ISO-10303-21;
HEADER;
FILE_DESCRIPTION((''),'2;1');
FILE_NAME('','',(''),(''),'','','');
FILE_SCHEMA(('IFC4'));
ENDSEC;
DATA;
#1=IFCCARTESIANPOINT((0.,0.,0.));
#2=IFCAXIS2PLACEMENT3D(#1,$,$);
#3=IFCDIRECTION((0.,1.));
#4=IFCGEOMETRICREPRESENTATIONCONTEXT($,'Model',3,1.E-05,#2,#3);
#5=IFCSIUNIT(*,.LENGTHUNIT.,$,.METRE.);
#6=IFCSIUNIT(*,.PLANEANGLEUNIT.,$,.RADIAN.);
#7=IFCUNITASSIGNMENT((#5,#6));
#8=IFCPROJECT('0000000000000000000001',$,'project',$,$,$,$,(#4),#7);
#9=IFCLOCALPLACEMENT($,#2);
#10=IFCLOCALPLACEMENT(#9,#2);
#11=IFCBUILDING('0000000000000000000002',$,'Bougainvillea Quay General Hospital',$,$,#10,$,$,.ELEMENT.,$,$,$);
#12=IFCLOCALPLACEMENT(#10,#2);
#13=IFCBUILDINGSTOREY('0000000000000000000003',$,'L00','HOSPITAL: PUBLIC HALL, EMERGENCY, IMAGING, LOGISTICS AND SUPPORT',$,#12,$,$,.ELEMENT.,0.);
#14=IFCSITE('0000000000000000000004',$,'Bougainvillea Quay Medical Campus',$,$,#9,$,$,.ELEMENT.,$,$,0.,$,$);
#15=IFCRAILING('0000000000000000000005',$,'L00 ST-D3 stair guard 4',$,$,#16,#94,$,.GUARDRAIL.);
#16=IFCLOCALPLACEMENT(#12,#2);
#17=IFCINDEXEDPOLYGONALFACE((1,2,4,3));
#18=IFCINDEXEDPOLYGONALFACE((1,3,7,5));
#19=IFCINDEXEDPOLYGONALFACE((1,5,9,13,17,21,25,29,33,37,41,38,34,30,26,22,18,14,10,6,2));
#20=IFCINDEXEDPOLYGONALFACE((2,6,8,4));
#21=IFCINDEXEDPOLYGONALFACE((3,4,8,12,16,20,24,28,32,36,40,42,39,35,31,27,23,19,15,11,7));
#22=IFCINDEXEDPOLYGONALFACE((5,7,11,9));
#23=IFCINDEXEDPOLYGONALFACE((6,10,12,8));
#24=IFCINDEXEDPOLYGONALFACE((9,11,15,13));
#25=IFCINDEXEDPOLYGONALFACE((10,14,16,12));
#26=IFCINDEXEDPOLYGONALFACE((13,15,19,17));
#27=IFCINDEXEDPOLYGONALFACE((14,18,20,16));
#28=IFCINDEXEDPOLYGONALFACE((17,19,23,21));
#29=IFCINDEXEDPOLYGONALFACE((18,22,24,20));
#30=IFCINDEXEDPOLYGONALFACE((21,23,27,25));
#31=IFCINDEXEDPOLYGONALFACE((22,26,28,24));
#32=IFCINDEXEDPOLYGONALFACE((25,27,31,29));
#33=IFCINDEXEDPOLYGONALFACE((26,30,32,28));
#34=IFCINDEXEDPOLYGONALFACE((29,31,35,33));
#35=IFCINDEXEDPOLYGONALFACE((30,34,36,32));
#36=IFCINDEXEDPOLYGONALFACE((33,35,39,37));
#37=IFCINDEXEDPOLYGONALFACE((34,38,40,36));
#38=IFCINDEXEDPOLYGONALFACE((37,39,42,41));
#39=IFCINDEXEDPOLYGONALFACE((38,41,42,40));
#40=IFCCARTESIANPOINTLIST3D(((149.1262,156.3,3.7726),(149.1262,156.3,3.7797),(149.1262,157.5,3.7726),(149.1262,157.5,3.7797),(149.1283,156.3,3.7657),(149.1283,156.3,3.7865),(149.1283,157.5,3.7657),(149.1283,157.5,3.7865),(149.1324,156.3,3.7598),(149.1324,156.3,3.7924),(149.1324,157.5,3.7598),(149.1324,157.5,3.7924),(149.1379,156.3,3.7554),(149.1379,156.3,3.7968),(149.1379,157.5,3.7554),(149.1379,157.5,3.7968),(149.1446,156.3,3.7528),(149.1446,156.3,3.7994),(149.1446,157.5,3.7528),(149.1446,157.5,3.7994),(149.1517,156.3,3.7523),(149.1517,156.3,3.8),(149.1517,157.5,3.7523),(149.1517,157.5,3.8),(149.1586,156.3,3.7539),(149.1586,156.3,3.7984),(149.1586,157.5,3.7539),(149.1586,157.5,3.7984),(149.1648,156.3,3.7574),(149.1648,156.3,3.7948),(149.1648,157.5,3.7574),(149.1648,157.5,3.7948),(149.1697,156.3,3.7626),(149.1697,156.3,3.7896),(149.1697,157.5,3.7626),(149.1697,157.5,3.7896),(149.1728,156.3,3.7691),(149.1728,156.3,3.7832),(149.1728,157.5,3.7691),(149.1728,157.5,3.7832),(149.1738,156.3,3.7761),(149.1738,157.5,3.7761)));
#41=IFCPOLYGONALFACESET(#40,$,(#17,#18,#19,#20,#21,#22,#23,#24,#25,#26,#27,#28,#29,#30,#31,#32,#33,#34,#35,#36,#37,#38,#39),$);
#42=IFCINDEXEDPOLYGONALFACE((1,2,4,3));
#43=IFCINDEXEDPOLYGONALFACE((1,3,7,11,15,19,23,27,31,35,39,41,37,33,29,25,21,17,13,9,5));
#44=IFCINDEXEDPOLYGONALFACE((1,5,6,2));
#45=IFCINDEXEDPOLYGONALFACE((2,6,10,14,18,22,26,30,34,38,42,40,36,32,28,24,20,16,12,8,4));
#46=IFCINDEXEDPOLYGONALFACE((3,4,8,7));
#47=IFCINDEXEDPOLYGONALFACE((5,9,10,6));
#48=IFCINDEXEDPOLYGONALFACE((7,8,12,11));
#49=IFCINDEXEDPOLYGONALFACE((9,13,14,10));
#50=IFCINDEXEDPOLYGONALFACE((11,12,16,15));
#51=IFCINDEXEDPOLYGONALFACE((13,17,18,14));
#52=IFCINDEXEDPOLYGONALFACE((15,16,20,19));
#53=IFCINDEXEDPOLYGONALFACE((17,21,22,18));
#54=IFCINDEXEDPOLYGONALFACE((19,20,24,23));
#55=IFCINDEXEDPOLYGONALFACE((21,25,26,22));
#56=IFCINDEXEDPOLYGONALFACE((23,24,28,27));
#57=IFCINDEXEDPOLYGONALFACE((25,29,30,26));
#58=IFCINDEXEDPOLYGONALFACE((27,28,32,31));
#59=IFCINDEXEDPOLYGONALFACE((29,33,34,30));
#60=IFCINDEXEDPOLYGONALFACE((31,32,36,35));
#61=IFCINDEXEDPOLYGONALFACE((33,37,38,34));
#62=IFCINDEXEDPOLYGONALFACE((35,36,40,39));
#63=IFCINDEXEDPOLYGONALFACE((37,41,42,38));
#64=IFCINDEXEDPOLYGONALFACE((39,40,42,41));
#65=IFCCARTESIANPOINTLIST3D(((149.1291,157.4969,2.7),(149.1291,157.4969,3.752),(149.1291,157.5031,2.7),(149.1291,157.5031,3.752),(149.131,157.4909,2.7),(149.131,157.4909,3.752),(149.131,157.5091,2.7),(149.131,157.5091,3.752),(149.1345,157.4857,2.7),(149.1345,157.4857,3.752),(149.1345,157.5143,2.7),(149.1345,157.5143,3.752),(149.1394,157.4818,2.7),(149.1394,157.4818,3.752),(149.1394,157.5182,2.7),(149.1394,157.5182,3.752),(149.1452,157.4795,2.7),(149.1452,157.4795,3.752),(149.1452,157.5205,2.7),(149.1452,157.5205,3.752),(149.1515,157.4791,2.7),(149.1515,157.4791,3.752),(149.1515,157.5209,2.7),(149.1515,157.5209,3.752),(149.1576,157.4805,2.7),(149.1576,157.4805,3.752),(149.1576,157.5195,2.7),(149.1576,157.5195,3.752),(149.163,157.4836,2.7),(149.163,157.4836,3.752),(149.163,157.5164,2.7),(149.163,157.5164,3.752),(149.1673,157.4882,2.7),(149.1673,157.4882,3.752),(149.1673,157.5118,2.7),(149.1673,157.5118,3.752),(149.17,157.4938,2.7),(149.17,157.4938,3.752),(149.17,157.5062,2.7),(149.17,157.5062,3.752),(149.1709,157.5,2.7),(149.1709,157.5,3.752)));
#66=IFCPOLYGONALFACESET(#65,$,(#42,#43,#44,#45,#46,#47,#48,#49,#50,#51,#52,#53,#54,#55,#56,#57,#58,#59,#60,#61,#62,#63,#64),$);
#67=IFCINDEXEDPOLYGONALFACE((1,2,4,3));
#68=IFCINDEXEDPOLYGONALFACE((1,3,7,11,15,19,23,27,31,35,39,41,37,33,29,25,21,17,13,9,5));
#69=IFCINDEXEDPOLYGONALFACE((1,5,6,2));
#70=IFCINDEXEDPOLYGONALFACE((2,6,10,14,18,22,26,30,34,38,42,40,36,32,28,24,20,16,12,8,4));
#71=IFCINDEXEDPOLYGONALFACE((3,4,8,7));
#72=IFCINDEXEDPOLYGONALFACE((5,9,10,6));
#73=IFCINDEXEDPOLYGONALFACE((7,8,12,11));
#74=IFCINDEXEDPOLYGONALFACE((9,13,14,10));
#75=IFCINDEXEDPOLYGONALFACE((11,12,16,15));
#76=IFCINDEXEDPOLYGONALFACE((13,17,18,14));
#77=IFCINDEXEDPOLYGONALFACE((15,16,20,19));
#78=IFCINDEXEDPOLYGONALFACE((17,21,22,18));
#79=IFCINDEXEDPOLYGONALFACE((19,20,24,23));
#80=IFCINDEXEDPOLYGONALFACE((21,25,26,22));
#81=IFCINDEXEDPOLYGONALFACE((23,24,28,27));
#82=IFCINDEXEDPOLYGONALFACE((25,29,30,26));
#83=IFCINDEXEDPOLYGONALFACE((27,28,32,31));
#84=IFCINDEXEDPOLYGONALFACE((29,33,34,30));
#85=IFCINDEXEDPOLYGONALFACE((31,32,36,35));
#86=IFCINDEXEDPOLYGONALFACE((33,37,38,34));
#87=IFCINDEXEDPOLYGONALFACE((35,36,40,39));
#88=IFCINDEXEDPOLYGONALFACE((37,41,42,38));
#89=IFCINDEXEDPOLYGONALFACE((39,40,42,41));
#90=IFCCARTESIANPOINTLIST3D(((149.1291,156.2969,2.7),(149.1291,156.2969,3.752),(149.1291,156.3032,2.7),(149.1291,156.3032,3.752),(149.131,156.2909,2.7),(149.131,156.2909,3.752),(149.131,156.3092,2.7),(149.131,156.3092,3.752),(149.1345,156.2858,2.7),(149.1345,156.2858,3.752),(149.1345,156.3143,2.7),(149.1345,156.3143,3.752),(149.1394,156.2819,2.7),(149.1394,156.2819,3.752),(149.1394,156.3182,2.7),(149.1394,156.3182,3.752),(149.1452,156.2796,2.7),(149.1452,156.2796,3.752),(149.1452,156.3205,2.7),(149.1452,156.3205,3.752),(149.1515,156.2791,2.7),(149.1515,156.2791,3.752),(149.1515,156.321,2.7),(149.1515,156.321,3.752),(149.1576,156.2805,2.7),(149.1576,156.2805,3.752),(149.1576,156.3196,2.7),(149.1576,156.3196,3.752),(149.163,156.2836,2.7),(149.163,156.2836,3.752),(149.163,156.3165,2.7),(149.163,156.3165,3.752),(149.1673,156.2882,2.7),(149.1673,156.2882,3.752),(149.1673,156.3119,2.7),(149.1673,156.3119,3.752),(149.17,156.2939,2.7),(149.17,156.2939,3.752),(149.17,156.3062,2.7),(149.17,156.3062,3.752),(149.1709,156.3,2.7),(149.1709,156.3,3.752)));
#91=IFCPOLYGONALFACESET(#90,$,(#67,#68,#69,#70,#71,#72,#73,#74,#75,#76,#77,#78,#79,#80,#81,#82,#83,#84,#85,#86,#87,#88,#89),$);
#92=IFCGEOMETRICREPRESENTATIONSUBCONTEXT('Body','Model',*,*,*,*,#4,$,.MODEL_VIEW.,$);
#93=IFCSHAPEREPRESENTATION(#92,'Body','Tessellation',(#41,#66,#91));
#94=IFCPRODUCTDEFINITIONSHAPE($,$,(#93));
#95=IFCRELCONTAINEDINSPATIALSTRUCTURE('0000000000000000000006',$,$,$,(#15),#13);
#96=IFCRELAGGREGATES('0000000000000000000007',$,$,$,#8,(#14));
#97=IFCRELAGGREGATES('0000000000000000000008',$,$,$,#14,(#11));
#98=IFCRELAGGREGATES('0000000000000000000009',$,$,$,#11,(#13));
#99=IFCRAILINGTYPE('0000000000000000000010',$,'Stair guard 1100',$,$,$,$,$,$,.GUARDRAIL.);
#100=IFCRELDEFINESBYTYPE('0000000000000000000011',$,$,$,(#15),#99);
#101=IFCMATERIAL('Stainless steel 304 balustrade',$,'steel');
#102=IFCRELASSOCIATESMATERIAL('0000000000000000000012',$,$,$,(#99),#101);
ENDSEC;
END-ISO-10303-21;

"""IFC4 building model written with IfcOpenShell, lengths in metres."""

from ifc_helpers import new_model, si_unit, direction, frame, origin, origin_2d, place, context, subcontext, project, spatial, circle, extrude, material, type_object, element, save


model = new_model("IFC4")

# Units and contexts
model_context = context("Model", 3, precision=1e-05, world=origin(), true_north=direction((0.0, 1.0)))
body_context = subcontext(model_context, "Body", "Model", "MODEL_VIEW")
ifc_project = project(units=[si_unit("LENGTHUNIT", "METRE"), si_unit("PLANEANGLEUNIT", "RADIAN")], contexts=[model_context])

# Site, building, storey
site_placement = place(None, origin())
site = spatial("IfcSite", under=ifc_project, at=site_placement, Name="Bougainvillea Quay Medical Campus", CompositionType="ELEMENT", RefElevation=0.0)
building_placement = place(site_placement, origin())
building = spatial("IfcBuilding", under=site, at=building_placement, Name="Bougainvillea Quay General Hospital", CompositionType="ELEMENT")
storey_placement = place(building_placement, origin())
storey = spatial("IfcBuildingStorey", under=building, at=storey_placement, Name="L00", Description="HOSPITAL: PUBLIC HALL, EMERGENCY, IMAGING, LOGISTICS AND SUPPORT", CompositionType="ELEMENT", Elevation=0.0)

# Railing
ifc_material_1 = material(Name="Stainless steel 304 balustrade", Category="steel")
railing_type_1 = type_object("IfcRailingType", Name="Stair guard 1100", PredefinedType="GUARDRAIL", material=ifc_material_1)
railing_1_placement = place(storey_placement, frame((149.1499, 157.5, 2.7)))
element("IfcRailing", 1, at=railing_1_placement, inside=storey, type_object=railing_type_1, Name="L00 ST-D3 stair guard 4", PredefinedType="GUARDRAIL", context=body_context, shape_type="SweptSolid", body=[
    extrude(circle(Radius=0.0239, at=origin_2d()), frame((0.0, 0.0, 1.0762), z_axis=(0.0, -1.0, 0.0), x_axis=(1.0, 0.0, 0.0)), (0.0, 0.0, 1.0), 1.2),
    extrude(circle(Radius=0.021, at=origin_2d()), origin(), (0.0, 0.0, 1.0), 1.052),
    extrude(circle(Radius=0.021, at=origin_2d()), frame((0.0, -1.2, 0.0)), (0.0, 0.0, 1.0), 1.052),
])

save(model, "model.ifc")
